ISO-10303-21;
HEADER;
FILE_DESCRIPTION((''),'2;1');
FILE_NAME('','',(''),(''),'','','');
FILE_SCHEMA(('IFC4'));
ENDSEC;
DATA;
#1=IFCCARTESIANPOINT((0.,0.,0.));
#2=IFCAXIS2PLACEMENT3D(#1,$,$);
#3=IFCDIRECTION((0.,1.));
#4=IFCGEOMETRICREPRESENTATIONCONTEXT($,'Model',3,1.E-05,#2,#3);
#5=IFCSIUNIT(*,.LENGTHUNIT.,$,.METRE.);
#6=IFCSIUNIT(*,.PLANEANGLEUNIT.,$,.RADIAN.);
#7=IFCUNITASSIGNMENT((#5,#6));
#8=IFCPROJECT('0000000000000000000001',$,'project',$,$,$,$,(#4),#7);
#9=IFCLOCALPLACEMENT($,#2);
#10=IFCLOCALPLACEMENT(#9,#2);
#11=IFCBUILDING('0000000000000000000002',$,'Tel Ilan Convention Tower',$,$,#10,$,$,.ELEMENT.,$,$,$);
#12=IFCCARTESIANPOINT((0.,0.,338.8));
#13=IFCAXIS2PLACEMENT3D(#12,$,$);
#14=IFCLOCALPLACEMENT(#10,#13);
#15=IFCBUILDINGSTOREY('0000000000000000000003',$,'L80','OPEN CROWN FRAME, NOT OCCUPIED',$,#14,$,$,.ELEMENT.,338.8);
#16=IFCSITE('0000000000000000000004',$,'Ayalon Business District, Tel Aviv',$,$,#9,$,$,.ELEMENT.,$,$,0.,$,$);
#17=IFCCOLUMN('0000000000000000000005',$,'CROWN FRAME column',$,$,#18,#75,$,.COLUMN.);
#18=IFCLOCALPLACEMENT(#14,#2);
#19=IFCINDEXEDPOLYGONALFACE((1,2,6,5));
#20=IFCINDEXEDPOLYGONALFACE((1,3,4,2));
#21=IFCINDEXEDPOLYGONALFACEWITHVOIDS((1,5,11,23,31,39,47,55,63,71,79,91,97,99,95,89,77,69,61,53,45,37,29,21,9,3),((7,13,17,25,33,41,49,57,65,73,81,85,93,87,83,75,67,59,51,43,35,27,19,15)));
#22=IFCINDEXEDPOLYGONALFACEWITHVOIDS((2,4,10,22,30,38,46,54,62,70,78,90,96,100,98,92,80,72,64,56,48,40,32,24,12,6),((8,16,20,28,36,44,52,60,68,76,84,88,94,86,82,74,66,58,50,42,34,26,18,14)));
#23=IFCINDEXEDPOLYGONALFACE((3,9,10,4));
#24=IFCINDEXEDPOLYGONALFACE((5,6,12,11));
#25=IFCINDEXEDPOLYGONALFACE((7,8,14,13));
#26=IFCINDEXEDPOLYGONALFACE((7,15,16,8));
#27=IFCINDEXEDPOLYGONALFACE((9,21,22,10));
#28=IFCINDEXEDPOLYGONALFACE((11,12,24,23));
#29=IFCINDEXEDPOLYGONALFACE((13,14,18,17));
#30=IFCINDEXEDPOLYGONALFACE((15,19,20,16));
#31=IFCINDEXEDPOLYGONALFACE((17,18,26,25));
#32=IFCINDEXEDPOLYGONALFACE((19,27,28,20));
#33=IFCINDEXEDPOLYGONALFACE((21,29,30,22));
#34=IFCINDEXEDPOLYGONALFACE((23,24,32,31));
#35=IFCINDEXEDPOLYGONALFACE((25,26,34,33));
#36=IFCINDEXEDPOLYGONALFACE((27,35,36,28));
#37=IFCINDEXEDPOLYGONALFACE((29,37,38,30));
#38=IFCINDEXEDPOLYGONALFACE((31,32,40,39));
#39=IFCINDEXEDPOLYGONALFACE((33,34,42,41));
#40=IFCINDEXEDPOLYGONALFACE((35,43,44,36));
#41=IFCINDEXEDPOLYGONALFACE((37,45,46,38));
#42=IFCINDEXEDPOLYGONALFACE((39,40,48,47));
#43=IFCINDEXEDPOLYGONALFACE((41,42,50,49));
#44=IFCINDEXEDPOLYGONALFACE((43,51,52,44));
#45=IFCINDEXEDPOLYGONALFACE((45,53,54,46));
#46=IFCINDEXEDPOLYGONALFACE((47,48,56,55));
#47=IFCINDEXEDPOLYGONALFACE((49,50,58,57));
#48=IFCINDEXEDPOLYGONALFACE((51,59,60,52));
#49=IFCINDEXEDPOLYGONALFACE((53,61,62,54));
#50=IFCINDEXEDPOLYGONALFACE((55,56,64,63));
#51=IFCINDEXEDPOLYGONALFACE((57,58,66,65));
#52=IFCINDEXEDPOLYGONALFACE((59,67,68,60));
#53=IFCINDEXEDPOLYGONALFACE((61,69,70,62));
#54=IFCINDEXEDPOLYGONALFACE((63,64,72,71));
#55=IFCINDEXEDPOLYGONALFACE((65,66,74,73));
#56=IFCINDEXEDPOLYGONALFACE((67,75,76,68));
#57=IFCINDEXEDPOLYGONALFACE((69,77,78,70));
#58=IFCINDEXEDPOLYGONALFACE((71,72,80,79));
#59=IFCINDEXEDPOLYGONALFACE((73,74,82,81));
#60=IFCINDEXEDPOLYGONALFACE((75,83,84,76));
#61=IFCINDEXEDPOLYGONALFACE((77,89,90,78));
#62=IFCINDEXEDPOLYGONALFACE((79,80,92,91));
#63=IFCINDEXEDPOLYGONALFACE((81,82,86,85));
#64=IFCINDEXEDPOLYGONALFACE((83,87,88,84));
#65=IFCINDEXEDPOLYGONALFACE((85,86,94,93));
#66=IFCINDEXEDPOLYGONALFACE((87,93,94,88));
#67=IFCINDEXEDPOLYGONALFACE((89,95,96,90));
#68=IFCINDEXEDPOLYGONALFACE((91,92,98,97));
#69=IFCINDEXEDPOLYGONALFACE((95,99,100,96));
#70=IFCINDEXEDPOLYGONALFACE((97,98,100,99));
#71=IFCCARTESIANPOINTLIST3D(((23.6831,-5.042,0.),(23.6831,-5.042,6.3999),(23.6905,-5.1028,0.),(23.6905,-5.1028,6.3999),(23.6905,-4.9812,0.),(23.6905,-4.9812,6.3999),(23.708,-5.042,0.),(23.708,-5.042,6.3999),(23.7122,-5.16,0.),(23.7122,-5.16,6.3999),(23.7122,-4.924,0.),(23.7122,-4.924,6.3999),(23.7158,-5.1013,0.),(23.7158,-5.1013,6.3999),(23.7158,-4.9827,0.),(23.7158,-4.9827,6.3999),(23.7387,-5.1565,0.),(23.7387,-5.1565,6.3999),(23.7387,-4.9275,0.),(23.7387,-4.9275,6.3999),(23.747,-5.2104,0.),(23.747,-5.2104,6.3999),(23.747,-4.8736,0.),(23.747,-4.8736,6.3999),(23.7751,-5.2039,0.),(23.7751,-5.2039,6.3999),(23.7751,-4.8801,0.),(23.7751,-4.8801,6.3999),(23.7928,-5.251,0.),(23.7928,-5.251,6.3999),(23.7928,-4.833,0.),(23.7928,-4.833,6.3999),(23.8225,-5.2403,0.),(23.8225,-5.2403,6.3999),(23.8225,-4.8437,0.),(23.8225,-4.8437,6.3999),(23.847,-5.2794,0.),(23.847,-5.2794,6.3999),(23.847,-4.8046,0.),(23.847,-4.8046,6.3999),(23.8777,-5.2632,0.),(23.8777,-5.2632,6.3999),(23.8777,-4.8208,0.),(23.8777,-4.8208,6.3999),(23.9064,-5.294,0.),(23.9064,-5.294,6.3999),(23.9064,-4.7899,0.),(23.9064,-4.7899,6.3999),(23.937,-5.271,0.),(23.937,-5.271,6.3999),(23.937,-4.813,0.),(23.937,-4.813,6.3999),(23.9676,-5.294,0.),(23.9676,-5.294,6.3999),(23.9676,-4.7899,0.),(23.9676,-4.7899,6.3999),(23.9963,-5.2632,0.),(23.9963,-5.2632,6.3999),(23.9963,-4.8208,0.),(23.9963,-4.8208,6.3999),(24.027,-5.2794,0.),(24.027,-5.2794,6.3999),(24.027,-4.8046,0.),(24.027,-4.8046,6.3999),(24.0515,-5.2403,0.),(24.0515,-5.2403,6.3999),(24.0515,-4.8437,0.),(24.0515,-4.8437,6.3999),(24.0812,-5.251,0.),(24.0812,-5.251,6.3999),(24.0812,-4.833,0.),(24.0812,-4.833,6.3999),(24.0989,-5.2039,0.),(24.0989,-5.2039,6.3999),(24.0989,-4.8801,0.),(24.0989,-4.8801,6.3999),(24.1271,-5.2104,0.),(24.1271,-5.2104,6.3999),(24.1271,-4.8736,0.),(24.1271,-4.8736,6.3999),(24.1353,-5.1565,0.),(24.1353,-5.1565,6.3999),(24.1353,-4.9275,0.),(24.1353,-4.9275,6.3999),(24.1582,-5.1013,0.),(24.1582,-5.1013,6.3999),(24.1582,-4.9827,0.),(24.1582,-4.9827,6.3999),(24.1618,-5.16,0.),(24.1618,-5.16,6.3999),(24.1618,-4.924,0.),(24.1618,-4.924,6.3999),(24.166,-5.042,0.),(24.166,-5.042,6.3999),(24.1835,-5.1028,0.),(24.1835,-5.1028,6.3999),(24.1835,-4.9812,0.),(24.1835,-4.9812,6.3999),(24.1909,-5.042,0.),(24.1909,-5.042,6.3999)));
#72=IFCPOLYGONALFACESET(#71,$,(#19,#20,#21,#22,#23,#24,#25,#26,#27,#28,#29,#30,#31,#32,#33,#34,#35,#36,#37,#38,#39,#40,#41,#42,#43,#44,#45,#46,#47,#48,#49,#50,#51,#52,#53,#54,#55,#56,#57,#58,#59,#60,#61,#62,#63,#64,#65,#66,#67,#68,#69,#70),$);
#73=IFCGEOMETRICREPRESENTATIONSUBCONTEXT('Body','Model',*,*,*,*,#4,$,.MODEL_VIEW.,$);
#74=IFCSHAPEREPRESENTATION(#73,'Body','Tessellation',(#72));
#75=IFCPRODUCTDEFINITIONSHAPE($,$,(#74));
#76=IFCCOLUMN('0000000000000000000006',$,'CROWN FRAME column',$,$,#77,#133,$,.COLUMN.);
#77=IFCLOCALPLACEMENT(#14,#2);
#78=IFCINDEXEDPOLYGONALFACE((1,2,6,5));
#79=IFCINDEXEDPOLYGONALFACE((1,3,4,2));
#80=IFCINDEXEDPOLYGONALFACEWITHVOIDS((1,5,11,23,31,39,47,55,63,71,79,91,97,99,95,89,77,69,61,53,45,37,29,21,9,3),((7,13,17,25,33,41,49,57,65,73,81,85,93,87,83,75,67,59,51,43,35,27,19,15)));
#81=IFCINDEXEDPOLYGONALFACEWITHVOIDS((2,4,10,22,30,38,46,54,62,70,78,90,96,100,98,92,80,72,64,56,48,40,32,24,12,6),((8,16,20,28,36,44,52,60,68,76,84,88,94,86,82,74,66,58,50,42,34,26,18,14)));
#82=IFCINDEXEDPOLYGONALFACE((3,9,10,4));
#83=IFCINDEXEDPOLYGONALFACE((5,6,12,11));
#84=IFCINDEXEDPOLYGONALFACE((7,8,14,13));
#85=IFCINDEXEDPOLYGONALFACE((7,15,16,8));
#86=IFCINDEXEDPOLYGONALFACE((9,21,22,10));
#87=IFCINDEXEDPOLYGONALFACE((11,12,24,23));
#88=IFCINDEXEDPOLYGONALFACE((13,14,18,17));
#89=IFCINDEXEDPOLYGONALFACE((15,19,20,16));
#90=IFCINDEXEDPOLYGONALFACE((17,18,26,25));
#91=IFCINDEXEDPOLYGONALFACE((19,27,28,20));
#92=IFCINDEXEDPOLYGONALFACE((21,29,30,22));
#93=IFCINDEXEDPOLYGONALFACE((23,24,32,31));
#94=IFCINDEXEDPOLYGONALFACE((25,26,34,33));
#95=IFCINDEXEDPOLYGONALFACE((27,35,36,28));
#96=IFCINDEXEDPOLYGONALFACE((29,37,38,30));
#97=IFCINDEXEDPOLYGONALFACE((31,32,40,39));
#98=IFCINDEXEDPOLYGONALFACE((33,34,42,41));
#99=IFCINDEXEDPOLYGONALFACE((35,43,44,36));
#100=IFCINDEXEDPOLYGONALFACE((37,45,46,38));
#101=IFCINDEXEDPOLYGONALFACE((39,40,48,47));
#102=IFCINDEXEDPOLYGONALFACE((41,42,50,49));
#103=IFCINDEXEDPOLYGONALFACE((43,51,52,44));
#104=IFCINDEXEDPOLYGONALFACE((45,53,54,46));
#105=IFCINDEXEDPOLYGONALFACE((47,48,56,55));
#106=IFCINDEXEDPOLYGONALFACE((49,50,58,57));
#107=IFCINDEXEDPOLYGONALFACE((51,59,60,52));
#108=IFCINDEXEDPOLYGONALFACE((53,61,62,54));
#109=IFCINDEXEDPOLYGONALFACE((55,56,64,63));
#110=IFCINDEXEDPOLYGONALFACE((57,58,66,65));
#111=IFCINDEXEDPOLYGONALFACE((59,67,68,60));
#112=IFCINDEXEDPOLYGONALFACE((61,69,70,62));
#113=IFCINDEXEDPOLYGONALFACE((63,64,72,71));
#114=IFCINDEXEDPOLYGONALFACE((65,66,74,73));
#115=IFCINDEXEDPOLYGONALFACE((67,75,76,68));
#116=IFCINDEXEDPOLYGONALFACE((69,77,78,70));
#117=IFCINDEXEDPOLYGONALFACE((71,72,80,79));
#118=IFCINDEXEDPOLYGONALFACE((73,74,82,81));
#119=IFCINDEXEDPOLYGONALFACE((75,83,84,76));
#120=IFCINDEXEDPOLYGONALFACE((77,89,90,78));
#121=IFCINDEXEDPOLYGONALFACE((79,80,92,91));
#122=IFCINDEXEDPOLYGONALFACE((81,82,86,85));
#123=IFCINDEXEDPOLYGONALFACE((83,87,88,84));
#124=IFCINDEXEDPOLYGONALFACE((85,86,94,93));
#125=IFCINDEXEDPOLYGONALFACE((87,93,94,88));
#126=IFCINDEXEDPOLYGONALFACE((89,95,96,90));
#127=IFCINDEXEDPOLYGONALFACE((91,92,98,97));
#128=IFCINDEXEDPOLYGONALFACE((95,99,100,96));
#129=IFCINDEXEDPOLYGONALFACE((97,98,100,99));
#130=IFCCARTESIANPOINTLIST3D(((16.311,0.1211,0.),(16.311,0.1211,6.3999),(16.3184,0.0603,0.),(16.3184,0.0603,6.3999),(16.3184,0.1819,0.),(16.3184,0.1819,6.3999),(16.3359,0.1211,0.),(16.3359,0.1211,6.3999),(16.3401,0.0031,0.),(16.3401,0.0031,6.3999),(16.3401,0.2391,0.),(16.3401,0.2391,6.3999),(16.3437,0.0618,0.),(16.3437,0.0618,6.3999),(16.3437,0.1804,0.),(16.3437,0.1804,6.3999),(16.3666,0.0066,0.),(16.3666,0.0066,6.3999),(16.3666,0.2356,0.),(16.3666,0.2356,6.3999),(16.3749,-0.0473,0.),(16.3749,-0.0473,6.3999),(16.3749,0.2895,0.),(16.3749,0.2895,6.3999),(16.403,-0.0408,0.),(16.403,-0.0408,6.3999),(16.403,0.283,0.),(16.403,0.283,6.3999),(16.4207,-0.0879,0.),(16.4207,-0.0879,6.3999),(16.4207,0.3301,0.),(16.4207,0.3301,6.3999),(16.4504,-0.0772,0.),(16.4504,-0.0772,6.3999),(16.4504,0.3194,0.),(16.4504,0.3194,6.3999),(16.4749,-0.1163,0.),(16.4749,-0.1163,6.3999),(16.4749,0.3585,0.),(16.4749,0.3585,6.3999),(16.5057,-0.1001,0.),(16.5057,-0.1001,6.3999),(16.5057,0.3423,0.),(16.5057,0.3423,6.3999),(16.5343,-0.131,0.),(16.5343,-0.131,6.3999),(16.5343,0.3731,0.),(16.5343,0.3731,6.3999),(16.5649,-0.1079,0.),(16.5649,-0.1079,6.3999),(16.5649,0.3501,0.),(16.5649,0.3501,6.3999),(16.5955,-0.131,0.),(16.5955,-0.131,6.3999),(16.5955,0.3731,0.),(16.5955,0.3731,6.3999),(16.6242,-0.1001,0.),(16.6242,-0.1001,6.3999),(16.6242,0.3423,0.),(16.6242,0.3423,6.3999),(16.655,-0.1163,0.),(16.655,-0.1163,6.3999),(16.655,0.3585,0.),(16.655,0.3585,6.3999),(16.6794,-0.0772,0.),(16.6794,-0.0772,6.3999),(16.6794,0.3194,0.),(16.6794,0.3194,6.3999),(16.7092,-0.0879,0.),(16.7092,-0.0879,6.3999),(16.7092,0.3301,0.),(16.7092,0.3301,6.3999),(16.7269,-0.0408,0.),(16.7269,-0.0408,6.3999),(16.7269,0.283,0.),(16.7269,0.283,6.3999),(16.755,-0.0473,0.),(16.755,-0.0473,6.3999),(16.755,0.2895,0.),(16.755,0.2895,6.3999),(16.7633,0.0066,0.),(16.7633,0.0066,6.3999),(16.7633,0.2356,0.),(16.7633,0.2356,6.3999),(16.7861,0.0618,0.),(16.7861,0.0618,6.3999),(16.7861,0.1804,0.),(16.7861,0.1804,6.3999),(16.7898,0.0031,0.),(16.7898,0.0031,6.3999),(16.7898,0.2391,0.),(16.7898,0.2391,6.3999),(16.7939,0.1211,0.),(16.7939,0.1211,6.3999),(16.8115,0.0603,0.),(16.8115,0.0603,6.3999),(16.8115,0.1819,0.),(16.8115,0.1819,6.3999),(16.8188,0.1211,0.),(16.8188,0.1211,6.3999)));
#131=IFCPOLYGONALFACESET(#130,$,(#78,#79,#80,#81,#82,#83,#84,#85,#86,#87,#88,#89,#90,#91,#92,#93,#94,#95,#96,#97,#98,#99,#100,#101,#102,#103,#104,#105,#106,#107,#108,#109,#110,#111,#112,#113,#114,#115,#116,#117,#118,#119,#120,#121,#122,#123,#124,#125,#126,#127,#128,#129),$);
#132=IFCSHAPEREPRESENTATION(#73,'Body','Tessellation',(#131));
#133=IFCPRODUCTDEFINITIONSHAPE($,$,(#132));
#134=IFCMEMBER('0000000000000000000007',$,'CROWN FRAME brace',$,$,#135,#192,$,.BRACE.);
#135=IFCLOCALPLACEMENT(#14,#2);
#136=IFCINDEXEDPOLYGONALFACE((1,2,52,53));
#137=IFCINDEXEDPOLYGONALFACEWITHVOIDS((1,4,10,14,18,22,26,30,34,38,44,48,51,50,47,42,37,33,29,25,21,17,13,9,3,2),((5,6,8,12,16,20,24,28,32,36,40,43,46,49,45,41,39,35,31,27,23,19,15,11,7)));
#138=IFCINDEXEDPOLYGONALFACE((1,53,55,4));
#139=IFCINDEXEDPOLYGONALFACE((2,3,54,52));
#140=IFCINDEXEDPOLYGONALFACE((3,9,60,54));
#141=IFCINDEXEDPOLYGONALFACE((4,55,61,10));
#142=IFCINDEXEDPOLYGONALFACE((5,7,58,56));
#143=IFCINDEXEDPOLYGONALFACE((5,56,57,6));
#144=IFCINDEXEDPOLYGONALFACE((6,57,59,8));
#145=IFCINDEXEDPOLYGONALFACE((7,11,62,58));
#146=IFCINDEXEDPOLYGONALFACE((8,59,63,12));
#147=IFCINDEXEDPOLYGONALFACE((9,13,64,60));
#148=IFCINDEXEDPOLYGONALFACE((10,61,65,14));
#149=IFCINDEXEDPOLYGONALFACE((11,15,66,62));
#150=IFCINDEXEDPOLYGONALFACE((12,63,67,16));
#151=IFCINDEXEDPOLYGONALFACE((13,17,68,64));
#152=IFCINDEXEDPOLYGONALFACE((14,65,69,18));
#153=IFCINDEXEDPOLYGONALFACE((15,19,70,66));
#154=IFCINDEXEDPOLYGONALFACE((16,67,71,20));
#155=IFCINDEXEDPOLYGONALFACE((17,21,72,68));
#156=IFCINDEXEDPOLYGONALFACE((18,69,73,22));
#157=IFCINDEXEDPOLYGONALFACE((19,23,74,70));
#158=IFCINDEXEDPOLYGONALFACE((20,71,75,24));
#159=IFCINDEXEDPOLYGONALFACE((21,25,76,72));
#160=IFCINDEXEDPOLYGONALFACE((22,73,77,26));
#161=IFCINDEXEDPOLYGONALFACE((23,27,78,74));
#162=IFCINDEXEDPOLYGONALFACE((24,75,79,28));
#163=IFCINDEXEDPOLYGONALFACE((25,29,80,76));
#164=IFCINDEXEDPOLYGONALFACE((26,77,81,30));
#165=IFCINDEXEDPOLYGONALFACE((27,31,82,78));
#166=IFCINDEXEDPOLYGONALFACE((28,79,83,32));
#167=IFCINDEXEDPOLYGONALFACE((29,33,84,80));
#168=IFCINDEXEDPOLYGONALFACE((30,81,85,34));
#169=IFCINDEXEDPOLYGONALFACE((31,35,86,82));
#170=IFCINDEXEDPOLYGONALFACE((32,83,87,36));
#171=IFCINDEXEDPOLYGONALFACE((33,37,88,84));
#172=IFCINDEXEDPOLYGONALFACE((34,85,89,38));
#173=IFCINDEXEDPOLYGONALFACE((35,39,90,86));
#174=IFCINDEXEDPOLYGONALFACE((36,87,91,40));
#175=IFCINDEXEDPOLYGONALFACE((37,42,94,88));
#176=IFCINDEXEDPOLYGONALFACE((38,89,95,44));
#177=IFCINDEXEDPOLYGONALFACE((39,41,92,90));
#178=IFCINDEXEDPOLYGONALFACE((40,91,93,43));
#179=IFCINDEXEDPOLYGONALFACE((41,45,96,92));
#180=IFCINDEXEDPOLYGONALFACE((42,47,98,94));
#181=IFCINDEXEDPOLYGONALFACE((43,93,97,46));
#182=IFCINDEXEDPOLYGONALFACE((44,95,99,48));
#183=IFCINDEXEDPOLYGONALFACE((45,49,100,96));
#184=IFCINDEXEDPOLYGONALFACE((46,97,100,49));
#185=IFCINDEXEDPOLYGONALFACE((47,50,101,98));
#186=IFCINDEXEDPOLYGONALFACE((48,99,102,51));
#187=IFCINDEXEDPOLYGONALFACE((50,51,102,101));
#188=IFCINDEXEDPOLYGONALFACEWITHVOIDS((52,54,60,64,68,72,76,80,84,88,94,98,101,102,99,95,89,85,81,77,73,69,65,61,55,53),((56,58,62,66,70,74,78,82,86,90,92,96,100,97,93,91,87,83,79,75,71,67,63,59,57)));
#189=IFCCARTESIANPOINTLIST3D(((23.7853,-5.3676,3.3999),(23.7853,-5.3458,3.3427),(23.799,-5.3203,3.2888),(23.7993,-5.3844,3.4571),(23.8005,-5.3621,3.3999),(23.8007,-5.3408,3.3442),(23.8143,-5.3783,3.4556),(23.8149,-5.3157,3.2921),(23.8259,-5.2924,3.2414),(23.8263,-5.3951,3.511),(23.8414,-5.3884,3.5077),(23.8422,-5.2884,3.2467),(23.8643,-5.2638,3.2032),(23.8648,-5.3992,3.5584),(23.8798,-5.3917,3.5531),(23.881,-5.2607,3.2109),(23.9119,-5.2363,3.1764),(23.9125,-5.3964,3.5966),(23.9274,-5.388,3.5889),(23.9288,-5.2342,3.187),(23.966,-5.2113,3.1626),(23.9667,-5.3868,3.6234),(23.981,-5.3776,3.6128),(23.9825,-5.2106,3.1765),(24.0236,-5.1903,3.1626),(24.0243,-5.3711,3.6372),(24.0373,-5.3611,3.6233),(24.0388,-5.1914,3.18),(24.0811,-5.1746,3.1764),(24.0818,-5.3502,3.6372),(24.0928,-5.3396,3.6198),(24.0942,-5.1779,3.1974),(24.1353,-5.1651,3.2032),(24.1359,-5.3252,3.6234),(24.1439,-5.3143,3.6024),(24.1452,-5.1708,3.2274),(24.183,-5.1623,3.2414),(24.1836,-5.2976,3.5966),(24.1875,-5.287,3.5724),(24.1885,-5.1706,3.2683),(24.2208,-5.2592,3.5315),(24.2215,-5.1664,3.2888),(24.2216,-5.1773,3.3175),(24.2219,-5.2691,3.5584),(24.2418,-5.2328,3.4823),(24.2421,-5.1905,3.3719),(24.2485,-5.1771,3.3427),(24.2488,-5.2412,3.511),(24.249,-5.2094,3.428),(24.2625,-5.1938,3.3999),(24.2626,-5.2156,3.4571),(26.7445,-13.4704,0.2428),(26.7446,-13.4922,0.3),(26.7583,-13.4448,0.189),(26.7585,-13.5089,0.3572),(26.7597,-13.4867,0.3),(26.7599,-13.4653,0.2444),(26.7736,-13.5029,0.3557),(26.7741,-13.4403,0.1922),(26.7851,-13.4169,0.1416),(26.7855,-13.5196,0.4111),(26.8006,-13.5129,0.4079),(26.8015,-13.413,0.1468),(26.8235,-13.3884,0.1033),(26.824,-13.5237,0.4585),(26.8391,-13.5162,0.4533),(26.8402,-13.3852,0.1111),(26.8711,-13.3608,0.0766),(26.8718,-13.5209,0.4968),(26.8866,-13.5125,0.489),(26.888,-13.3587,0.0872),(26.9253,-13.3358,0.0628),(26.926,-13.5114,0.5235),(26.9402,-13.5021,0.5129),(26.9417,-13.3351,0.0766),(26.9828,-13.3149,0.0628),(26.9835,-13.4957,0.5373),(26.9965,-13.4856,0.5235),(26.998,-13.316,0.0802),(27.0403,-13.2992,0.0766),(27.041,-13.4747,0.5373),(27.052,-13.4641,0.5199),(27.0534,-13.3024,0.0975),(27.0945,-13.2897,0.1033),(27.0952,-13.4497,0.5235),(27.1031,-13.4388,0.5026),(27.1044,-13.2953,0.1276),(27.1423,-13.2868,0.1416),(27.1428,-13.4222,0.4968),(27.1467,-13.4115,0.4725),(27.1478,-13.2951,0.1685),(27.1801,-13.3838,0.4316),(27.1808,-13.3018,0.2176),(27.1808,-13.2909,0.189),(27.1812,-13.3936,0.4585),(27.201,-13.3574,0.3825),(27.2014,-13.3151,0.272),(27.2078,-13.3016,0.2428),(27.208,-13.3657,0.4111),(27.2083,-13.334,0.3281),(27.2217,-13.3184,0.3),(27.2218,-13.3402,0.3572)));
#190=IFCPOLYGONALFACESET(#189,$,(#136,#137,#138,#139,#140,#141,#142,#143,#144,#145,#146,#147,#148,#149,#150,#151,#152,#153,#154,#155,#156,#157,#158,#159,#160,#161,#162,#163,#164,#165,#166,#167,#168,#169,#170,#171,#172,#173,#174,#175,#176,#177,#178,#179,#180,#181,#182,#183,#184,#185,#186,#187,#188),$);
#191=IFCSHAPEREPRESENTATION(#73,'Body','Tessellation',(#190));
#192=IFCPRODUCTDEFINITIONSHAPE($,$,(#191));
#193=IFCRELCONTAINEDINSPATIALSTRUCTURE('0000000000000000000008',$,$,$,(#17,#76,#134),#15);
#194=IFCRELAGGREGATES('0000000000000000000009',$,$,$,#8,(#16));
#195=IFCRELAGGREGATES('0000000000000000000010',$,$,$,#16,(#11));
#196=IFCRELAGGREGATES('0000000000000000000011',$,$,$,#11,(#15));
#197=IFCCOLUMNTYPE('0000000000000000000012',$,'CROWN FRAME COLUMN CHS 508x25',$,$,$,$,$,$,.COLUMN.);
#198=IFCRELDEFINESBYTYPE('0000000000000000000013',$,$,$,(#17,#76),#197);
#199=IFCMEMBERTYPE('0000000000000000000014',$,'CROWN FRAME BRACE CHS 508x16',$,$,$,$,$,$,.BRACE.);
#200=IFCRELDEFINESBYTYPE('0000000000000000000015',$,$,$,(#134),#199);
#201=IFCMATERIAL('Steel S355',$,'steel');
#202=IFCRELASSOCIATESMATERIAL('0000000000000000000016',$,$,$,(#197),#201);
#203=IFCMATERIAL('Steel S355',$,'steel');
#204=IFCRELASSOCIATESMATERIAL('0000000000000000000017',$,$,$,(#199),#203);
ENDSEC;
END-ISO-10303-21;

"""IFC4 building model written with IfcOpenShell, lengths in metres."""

from ifc_helpers import new_model, si_unit, direction, frame, origin, origin_2d, place, context, subcontext, project, spatial, hollow_circle, extrude, material, material_profile, profile_set, type_object, element, save


model = new_model("IFC4")

# Units and contexts
model_context = context("Model", 3, precision=1e-05, world=origin(), true_north=direction((0.0, 1.0)))
body_context = subcontext(model_context, "Body", "Model", "MODEL_VIEW")
ifc_project = project(units=[si_unit("LENGTHUNIT", "METRE"), si_unit("PLANEANGLEUNIT", "RADIAN")], contexts=[model_context])

# Site, building, storey
site_placement = place(None, origin())
site = spatial("IfcSite", under=ifc_project, at=site_placement, Name="Ayalon Business District, Tel Aviv", CompositionType="ELEMENT", RefElevation=0.0)
building_placement = place(site_placement, origin())
building = spatial("IfcBuilding", under=site, at=building_placement, Name="Tel Ilan Convention Tower", CompositionType="ELEMENT")
storey_placement = place(building_placement, frame((0.0, 0.0, 338.8)))
storey = spatial("IfcBuildingStorey", under=building, at=storey_placement, Name="L80", Description="OPEN CROWN FRAME, NOT OCCUPIED", CompositionType="ELEMENT", Elevation=338.8)

# Columns
ifc_material_1 = material(Name="Steel S355", Category="steel")
ifc_material_profile_1 = material_profile(ifc_material_1, hollow_circle(Radius=0.2539, WallThickness=0.0249, at=origin_2d()), Name="CHS 508x25")
ifc_profile_set_1 = profile_set([ifc_material_profile_1], Name="Steel S355")
column_type = type_object("IfcColumnType", Name="CROWN FRAME COLUMN CHS 508x25", PredefinedType="COLUMN", material=ifc_profile_set_1)
for number, where, z_axis, x_axis, name in (
    (1, (23.937, -5.042, 0.0), (0.0, 0.0, 1.0), (1.0, 0.0, 0.0), "CROWN FRAME column"),
    (2, (16.5649, 0.1211, 0.0), (0.0, 0.0, 1.0), (1.0, 0.0, 0.0), "CROWN FRAME column"),
):
    element("IfcColumn", number, at=place(storey_placement, frame(where, z_axis=z_axis, x_axis=x_axis)), inside=storey, type_object=column_type, Name=name, PredefinedType="COLUMN", context=body_context, shape_type="SweptSolid", body=[
        extrude(hollow_circle(Radius=0.2539, WallThickness=0.0249, at=origin_2d()), origin(), (0.0, 0.0, 1.0), 6.3999),
    ])

# Member
ifc_material_2 = material(Name="Steel S355", Category="steel")
ifc_material_profile_2 = material_profile(ifc_material_2, hollow_circle(Radius=0.2539, WallThickness=0.0161, at=origin_2d()), Name="CHS 508x16")
ifc_profile_set_2 = profile_set([ifc_material_profile_2], Name="Steel S355")
member_type_1 = type_object("IfcMemberType", Name="CROWN FRAME BRACE CHS 508x16", PredefinedType="BRACE", material=ifc_profile_set_2)
member_1_placement = place(storey_placement, frame((26.9832, -13.4053, 0.3), z_axis=(-0.322162, 0.884491, 0.337472), x_axis=(-0.939613, -0.34224, 0.0)))
element("IfcMember", 3, at=member_1_placement, inside=storey, type_object=member_type_1, Name="CROWN FRAME brace", PredefinedType="BRACE", context=body_context, shape_type="SweptSolid", body=[
    extrude(hollow_circle(Radius=0.2539, WallThickness=0.0161, at=origin_2d()), origin(), (0.0, 0.0, 1.0), 9.1855),
])

save(model, "model.ifc")
